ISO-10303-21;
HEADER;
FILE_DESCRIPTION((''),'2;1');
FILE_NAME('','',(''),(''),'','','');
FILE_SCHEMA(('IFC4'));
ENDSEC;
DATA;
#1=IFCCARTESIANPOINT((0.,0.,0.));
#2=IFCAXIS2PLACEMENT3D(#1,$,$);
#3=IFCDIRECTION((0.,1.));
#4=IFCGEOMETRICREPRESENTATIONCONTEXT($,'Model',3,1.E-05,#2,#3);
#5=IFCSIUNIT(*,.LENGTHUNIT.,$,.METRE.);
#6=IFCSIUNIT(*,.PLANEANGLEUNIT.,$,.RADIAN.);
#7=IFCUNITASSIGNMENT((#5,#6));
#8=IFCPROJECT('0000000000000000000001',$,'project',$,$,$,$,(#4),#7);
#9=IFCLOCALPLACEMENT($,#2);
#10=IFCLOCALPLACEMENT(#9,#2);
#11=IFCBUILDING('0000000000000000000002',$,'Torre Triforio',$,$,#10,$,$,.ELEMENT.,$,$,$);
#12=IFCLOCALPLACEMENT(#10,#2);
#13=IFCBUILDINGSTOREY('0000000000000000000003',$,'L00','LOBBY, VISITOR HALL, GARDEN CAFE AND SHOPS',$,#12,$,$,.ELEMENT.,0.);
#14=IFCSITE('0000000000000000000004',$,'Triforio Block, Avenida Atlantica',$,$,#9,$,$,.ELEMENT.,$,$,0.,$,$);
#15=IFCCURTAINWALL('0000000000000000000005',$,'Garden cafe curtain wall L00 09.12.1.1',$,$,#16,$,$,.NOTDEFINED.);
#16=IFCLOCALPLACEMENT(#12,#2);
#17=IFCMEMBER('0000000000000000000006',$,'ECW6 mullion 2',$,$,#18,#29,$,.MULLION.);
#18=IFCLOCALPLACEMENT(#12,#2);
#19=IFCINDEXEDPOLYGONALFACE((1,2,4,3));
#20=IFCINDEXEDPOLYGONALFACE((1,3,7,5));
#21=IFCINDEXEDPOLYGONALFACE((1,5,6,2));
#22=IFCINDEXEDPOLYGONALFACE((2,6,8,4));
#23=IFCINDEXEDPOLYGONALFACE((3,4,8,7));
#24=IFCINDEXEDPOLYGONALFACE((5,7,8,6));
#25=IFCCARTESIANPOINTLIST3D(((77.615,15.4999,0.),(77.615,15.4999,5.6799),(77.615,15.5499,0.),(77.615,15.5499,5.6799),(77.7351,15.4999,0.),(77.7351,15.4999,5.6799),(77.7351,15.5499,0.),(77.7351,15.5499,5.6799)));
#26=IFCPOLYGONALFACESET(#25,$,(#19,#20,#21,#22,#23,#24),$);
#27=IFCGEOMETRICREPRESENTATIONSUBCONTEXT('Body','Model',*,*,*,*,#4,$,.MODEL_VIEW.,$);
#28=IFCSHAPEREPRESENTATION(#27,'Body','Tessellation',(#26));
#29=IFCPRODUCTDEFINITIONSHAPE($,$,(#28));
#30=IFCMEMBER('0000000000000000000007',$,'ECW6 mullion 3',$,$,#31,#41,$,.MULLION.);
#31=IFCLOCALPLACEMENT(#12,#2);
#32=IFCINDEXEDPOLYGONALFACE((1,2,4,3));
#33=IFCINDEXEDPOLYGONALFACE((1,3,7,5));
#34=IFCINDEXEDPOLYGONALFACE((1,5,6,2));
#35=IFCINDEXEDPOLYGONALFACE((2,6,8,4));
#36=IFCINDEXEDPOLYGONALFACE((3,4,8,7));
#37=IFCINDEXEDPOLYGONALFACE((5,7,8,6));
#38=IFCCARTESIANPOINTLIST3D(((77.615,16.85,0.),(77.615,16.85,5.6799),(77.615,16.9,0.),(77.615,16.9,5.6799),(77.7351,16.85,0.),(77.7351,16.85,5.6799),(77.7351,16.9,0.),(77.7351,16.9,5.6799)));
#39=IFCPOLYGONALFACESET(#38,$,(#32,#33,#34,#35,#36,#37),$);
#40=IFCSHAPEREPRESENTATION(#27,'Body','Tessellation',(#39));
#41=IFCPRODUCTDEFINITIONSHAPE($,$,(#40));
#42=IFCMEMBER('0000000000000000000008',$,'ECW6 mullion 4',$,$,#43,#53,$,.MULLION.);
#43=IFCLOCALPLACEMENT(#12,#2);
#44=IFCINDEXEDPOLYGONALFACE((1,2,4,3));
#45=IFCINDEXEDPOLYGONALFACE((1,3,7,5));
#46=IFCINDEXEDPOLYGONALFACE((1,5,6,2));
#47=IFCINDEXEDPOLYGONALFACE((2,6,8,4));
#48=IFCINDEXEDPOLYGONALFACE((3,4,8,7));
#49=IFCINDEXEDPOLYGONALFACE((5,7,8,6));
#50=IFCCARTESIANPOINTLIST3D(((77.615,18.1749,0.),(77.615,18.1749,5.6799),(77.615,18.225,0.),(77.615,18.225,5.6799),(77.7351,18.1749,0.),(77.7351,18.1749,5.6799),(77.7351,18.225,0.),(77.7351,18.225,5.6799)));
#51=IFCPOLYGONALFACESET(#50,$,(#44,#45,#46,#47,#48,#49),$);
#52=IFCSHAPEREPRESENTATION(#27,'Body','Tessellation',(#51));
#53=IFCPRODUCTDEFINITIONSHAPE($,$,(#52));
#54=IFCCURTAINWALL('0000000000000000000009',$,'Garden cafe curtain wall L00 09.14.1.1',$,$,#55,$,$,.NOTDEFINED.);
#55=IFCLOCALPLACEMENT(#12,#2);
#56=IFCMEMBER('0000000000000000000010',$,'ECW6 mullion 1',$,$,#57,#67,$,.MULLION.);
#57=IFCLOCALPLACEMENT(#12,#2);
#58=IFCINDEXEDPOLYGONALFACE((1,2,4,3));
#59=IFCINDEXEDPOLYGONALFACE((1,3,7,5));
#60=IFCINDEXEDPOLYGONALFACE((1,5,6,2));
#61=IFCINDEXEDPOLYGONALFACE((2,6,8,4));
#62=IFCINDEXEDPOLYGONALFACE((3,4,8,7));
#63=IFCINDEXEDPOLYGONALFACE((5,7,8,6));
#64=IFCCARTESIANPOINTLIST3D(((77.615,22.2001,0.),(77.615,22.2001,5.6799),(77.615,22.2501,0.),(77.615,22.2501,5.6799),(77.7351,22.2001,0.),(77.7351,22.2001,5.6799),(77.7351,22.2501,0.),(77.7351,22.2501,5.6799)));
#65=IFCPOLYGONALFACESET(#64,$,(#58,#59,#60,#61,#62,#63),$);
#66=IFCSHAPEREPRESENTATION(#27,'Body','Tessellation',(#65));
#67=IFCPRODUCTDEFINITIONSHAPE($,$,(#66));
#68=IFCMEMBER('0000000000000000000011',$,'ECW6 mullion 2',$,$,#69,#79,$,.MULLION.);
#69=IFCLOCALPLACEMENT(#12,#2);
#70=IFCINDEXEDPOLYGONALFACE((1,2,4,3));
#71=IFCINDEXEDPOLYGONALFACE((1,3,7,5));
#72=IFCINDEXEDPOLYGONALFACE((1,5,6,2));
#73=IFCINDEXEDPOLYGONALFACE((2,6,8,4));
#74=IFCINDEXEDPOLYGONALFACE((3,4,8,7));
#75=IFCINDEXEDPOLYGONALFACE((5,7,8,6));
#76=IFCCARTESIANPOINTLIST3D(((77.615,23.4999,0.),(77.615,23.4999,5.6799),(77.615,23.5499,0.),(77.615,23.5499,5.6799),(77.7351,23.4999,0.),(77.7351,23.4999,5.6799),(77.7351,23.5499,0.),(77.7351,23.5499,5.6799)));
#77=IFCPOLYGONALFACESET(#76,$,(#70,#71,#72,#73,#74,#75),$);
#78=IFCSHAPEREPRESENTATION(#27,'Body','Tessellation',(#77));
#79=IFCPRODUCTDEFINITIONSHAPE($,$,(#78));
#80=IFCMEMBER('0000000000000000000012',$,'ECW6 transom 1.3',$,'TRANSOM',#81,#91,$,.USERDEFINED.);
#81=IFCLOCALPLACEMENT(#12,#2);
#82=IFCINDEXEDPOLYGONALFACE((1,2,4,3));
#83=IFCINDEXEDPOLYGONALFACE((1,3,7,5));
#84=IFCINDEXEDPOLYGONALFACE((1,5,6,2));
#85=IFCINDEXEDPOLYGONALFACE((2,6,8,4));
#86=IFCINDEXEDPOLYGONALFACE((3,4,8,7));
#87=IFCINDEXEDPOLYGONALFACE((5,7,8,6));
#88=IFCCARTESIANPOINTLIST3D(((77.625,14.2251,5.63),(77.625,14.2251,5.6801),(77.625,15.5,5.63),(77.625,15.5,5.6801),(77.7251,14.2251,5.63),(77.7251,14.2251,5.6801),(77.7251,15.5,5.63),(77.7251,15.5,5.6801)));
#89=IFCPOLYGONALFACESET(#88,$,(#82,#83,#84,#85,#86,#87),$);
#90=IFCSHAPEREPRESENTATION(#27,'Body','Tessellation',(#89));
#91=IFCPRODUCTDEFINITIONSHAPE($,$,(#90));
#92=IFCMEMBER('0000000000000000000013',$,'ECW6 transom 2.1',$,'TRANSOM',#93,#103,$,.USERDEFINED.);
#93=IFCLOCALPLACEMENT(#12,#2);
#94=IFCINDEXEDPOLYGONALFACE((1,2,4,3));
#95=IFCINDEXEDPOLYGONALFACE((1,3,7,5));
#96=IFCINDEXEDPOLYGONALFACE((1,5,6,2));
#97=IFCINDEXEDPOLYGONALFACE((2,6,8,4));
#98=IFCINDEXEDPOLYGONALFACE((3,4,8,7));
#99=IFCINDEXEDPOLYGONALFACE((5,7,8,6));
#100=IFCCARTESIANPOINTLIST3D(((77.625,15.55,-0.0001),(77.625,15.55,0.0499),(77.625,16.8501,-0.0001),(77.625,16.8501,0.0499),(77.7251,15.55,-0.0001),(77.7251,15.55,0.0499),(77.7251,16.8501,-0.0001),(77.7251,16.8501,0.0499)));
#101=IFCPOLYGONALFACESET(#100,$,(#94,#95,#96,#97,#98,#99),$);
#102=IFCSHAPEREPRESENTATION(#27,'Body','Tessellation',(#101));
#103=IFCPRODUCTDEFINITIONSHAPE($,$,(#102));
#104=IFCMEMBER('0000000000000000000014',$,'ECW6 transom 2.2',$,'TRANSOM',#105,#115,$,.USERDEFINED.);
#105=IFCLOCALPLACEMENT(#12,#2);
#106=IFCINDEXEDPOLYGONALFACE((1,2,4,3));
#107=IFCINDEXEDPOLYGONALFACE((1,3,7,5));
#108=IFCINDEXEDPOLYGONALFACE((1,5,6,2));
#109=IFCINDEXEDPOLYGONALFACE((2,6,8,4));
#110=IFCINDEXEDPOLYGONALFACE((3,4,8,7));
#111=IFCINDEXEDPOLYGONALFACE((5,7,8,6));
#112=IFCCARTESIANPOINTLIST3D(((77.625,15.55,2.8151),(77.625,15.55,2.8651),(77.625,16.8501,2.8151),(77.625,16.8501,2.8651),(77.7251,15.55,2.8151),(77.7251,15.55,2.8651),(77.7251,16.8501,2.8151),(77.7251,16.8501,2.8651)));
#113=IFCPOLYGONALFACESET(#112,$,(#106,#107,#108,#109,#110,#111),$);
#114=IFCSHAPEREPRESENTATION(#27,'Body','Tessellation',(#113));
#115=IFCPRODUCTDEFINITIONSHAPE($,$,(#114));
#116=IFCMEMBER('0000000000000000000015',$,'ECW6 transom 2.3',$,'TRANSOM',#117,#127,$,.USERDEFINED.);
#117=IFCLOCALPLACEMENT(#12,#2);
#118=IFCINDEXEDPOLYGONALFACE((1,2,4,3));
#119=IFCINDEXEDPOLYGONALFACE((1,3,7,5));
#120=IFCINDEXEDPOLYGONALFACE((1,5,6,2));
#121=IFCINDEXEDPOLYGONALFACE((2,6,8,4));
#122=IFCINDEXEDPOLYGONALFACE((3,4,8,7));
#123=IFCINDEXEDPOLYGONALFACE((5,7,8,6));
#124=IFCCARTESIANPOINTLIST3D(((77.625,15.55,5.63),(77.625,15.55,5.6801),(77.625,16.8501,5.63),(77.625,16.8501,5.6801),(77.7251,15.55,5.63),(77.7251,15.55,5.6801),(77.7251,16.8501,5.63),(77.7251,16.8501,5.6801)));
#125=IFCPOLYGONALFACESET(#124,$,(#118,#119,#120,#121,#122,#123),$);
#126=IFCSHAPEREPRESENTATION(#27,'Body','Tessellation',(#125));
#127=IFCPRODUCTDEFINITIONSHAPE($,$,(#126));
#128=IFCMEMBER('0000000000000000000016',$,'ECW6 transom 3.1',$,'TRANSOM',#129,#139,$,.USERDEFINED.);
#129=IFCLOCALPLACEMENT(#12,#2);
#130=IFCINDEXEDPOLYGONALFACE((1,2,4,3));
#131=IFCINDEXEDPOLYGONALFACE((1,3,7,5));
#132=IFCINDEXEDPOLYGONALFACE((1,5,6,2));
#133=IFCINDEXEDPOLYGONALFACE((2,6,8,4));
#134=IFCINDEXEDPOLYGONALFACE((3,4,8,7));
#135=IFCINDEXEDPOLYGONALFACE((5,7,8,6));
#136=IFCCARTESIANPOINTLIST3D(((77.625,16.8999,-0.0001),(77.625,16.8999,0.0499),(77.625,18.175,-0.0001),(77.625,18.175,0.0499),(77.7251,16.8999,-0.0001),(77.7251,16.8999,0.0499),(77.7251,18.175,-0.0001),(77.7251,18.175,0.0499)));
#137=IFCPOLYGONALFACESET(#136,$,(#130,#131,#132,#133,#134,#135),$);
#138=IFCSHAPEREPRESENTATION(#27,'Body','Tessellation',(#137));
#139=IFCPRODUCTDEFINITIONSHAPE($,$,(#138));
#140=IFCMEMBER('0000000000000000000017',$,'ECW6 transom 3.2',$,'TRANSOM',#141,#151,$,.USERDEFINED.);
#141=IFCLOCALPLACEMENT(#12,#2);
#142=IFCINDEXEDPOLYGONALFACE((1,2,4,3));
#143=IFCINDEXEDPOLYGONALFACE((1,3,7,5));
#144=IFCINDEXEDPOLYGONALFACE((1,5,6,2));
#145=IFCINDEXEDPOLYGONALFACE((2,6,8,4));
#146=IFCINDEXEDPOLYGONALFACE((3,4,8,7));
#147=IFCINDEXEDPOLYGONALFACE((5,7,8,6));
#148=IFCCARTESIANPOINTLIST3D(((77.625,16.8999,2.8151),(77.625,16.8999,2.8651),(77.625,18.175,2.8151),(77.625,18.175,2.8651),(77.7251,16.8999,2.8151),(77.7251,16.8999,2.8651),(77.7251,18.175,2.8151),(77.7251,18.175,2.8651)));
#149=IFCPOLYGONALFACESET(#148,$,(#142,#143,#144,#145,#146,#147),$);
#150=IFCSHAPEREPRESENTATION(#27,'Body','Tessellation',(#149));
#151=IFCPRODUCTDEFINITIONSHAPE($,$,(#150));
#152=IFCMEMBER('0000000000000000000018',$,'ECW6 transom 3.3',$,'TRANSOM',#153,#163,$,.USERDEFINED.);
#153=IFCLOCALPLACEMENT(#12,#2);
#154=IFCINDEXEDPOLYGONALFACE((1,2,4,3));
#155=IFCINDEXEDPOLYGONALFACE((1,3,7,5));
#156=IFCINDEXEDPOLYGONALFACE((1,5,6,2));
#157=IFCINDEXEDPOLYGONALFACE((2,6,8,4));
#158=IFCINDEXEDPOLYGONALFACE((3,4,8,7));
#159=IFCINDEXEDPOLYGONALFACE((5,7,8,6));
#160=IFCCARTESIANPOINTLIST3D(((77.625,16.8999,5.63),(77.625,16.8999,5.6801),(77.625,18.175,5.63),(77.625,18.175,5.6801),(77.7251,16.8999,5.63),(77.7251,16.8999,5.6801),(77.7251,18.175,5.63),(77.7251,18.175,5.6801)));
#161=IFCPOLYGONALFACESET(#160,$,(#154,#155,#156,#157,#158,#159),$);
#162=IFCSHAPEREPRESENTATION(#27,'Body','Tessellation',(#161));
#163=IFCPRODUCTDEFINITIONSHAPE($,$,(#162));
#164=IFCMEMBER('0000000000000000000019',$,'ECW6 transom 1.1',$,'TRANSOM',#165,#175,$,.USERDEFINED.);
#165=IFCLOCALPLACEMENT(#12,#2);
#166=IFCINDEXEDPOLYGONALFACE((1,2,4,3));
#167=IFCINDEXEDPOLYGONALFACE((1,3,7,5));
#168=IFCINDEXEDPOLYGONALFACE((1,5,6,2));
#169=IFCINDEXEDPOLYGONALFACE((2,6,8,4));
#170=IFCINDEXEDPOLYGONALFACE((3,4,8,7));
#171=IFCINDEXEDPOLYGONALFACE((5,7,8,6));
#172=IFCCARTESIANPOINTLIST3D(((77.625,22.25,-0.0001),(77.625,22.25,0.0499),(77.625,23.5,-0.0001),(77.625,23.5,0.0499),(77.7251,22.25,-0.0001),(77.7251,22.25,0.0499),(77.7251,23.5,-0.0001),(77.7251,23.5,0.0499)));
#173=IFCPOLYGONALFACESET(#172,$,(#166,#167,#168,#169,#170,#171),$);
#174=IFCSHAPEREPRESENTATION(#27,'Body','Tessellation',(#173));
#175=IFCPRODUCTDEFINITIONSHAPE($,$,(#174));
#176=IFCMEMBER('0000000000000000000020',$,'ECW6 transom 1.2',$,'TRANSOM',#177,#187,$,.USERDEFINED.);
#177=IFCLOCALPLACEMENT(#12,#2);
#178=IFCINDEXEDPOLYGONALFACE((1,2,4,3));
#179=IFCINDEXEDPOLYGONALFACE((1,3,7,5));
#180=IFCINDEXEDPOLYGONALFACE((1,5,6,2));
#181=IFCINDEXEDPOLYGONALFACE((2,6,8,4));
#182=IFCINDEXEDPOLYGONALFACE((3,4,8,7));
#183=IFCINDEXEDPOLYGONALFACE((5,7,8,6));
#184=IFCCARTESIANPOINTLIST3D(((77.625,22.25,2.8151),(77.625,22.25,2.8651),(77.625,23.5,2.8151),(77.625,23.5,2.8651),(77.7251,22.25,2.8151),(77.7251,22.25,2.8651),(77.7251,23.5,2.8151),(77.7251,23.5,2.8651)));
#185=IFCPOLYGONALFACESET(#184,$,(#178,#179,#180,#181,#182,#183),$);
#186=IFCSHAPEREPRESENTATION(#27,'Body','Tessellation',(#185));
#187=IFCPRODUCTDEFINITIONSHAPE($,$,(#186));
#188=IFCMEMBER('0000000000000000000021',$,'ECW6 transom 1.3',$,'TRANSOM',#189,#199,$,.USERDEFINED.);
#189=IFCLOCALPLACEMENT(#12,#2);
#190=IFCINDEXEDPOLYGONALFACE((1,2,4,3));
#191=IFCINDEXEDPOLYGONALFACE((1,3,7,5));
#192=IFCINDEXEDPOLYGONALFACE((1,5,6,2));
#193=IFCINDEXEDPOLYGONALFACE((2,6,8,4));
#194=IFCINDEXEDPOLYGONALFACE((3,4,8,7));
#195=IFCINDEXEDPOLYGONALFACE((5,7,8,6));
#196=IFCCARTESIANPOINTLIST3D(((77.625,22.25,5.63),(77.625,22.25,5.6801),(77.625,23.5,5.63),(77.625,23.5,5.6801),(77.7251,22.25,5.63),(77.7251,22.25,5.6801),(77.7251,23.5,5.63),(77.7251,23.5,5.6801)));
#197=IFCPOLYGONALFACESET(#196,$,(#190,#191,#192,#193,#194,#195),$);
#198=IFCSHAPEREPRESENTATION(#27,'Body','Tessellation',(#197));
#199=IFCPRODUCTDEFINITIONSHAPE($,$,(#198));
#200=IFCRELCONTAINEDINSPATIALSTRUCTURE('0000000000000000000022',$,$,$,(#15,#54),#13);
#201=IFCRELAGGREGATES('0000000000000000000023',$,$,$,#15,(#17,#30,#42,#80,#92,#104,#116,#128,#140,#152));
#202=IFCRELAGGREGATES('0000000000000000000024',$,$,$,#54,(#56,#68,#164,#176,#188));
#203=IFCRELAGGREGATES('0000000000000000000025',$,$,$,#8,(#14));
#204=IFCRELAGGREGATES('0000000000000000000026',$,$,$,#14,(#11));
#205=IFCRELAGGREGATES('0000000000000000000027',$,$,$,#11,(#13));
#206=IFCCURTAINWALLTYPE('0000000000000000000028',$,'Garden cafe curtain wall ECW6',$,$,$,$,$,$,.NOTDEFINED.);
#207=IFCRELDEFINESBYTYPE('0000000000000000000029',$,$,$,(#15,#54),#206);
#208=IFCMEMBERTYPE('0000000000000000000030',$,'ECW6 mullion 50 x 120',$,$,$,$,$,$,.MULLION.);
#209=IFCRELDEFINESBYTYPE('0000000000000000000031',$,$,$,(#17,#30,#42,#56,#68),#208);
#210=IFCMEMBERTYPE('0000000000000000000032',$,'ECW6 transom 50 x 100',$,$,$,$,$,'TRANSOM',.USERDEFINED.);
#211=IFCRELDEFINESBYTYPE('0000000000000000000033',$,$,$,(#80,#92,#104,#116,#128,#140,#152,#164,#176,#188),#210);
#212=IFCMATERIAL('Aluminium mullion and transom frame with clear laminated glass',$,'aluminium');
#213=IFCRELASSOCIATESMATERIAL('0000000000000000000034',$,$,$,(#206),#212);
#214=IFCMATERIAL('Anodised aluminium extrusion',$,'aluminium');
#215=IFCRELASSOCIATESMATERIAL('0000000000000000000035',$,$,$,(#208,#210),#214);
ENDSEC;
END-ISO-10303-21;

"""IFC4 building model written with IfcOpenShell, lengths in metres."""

from ifc_helpers import new_model, si_unit, direction, frame, origin, origin_2d, place, context, subcontext, project, spatial, rectangle, extrude, material, material_profile, profile_set, type_object, element, aggregate, save


model = new_model("IFC4")

# Units and contexts
model_context = context("Model", 3, precision=1e-05, world=origin(), true_north=direction((0.0, 1.0)))
body_context = subcontext(model_context, "Body", "Model", "MODEL_VIEW")
ifc_project = project(units=[si_unit("LENGTHUNIT", "METRE"), si_unit("PLANEANGLEUNIT", "RADIAN")], contexts=[model_context])

# Site, building, storey
site_placement = place(None, origin())
site = spatial("IfcSite", under=ifc_project, at=site_placement, Name="Triforio Block, Avenida Atlantica", CompositionType="ELEMENT", RefElevation=0.0)
building_placement = place(site_placement, origin())
building = spatial("IfcBuilding", under=site, at=building_placement, Name="Torre Triforio", CompositionType="ELEMENT")
storey_placement = place(building_placement, origin())
storey = spatial("IfcBuildingStorey", under=building, at=storey_placement, Name="L00", Description="LOBBY, VISITOR HALL, GARDEN CAFE AND SHOPS", CompositionType="ELEMENT", Elevation=0.0)

# Curtain walls, members
ifc_material_1 = material(Name="Aluminium mullion and transom frame with clear laminated glass", Category="aluminium")
curtain_wall_type = type_object("IfcCurtainWallType", Name="Garden cafe curtain wall ECW6", PredefinedType="NOTDEFINED", material=ifc_material_1)
curtain_wall_1_placement = place(storey_placement, origin())
curtain_wall_1 = element("IfcCurtainWall", 1, at=curtain_wall_1_placement, inside=storey, type_object=curtain_wall_type, Name="Garden cafe curtain wall L00 09.12.1.1", PredefinedType="NOTDEFINED")
ifc_material_2 = material(Name="Anodised aluminium extrusion", Category="aluminium")
ifc_material_profile_1 = material_profile(ifc_material_2, rectangle(XDim=0.1201, YDim=0.05, at=origin_2d()), Name="ECW6 MULLION 50x120")
ifc_profile_set_1 = profile_set([ifc_material_profile_1], Name="Anodised aluminium extrusion")
member_type_1 = type_object("IfcMemberType", Name="ECW6 mullion 50 x 120", PredefinedType="MULLION", material=ifc_profile_set_1)
member_1_placement = place(storey_placement, frame((77.675, 15.5249, 0.0), z_axis=(0.0, 0.0, 1.0), x_axis=(-1.0, 0.0, 0.0)))
member_1 = element("IfcMember", 2, at=member_1_placement, type_object=member_type_1, Name="ECW6 mullion 2", PredefinedType="MULLION", context=body_context, shape_type="SweptSolid", body=[
    extrude(rectangle(XDim=0.1201, YDim=0.05, at=origin_2d()), origin(), (0.0, 0.0, 1.0), 5.6799),
])
member_2_placement = place(storey_placement, frame((77.675, 16.875, 0.0), z_axis=(0.0, 0.0, 1.0), x_axis=(-1.0, 0.0, 0.0)))
member_2 = element("IfcMember", 3, at=member_2_placement, type_object=member_type_1, Name="ECW6 mullion 3", PredefinedType="MULLION", context=body_context, shape_type="SweptSolid", body=[
    extrude(rectangle(XDim=0.1201, YDim=0.05, at=origin_2d()), origin(), (0.0, 0.0, 1.0), 5.6799),
])
member_3_placement = place(storey_placement, frame((77.675, 18.2, 0.0), z_axis=(0.0, 0.0, 1.0), x_axis=(-1.0, 0.0, 0.0)))
member_3 = element("IfcMember", 4, at=member_3_placement, type_object=member_type_1, Name="ECW6 mullion 4", PredefinedType="MULLION", context=body_context, shape_type="SweptSolid", body=[
    extrude(rectangle(XDim=0.1201, YDim=0.05, at=origin_2d()), origin(), (0.0, 0.0, 1.0), 5.6799),
])
curtain_wall_2_placement = place(storey_placement, origin())
curtain_wall_2 = element("IfcCurtainWall", 5, at=curtain_wall_2_placement, inside=storey, type_object=curtain_wall_type, Name="Garden cafe curtain wall L00 09.14.1.1", PredefinedType="NOTDEFINED")
member_4_placement = place(storey_placement, frame((77.675, 22.2251, 0.0), z_axis=(0.0, 0.0, 1.0), x_axis=(-1.0, 0.0, 0.0)))
member_4 = element("IfcMember", 6, at=member_4_placement, type_object=member_type_1, Name="ECW6 mullion 1", PredefinedType="MULLION", context=body_context, shape_type="SweptSolid", body=[
    extrude(rectangle(XDim=0.1201, YDim=0.05, at=origin_2d()), origin(), (0.0, 0.0, 1.0), 5.6799),
])
member_5_placement = place(storey_placement, frame((77.675, 23.5249, 0.0), z_axis=(0.0, 0.0, 1.0), x_axis=(-1.0, 0.0, 0.0)))
member_5 = element("IfcMember", 7, at=member_5_placement, type_object=member_type_1, Name="ECW6 mullion 2", PredefinedType="MULLION", context=body_context, shape_type="SweptSolid", body=[
    extrude(rectangle(XDim=0.1201, YDim=0.05, at=origin_2d()), origin(), (0.0, 0.0, 1.0), 5.6799),
])

# Members
ifc_material_profile_2 = material_profile(ifc_material_2, rectangle(XDim=0.1001, YDim=0.05, at=origin_2d()), Name="ECW6 TRANSOM 50x100")
ifc_profile_set_2 = profile_set([ifc_material_profile_2], Name="Anodised aluminium extrusion")
member_type_2 = type_object("IfcMemberType", Name="ECW6 transom 50 x 100", ElementType="TRANSOM", PredefinedType="USERDEFINED", material=ifc_profile_set_2)
member_6_placement = place(storey_placement, frame((77.675, 14.2251, 5.655), z_axis=(0.0, 1.0, 0.0), x_axis=(-1.0, 0.0, 0.0)))
member_6 = element("IfcMember", 8, at=member_6_placement, type_object=member_type_2, Name="ECW6 transom 1.3", ObjectType="TRANSOM", PredefinedType="USERDEFINED", context=body_context, shape_type="SweptSolid", body=[
    extrude(rectangle(XDim=0.1001, YDim=0.05, at=origin_2d()), origin(), (0.0, 0.0, 1.0), 1.2749),
])
member_7_placement = place(storey_placement, frame((77.675, 15.55, 0.0249), z_axis=(0.0, 1.0, 0.0), x_axis=(-1.0, 0.0, 0.0)))
member_7 = element("IfcMember", 9, at=member_7_placement, type_object=member_type_2, Name="ECW6 transom 2.1", ObjectType="TRANSOM", PredefinedType="USERDEFINED", context=body_context, shape_type="SweptSolid", body=[
    extrude(rectangle(XDim=0.1001, YDim=0.05, at=origin_2d()), origin(), (0.0, 0.0, 1.0), 1.3),
])
member_8_placement = place(storey_placement, frame((77.675, 15.55, 2.8401), z_axis=(0.0, 1.0, 0.0), x_axis=(-1.0, 0.0, 0.0)))
member_8 = element("IfcMember", 10, at=member_8_placement, type_object=member_type_2, Name="ECW6 transom 2.2", ObjectType="TRANSOM", PredefinedType="USERDEFINED", context=body_context, shape_type="SweptSolid", body=[
    extrude(rectangle(XDim=0.1001, YDim=0.05, at=origin_2d()), origin(), (0.0, 0.0, 1.0), 1.3),
])
member_9_placement = place(storey_placement, frame((77.675, 15.55, 5.655), z_axis=(0.0, 1.0, 0.0), x_axis=(-1.0, 0.0, 0.0)))
member_9 = element("IfcMember", 11, at=member_9_placement, type_object=member_type_2, Name="ECW6 transom 2.3", ObjectType="TRANSOM", PredefinedType="USERDEFINED", context=body_context, shape_type="SweptSolid", body=[
    extrude(rectangle(XDim=0.1001, YDim=0.05, at=origin_2d()), origin(), (0.0, 0.0, 1.0), 1.3),
])
member_10_placement = place(storey_placement, frame((77.675, 16.8999, 0.0249), z_axis=(0.0, 1.0, 0.0), x_axis=(-1.0, 0.0, 0.0)))
member_10 = element("IfcMember", 12, at=member_10_placement, type_object=member_type_2, Name="ECW6 transom 3.1", ObjectType="TRANSOM", PredefinedType="USERDEFINED", context=body_context, shape_type="SweptSolid", body=[
    extrude(rectangle(XDim=0.1001, YDim=0.05, at=origin_2d()), origin(), (0.0, 0.0, 1.0), 1.2751),
])
member_11_placement = place(storey_placement, frame((77.675, 16.8999, 2.8401), z_axis=(0.0, 1.0, 0.0), x_axis=(-1.0, 0.0, 0.0)))
member_11 = element("IfcMember", 13, at=member_11_placement, type_object=member_type_2, Name="ECW6 transom 3.2", ObjectType="TRANSOM", PredefinedType="USERDEFINED", context=body_context, shape_type="SweptSolid", body=[
    extrude(rectangle(XDim=0.1001, YDim=0.05, at=origin_2d()), origin(), (0.0, 0.0, 1.0), 1.2751),
])
member_12_placement = place(storey_placement, frame((77.675, 16.8999, 5.655), z_axis=(0.0, 1.0, 0.0), x_axis=(-1.0, 0.0, 0.0)))
member_12 = element("IfcMember", 14, at=member_12_placement, type_object=member_type_2, Name="ECW6 transom 3.3", ObjectType="TRANSOM", PredefinedType="USERDEFINED", context=body_context, shape_type="SweptSolid", body=[
    extrude(rectangle(XDim=0.1001, YDim=0.05, at=origin_2d()), origin(), (0.0, 0.0, 1.0), 1.2751),
])
member_13_placement = place(storey_placement, frame((77.675, 22.25, 0.0249), z_axis=(0.0, 1.0, 0.0), x_axis=(-1.0, 0.0, 0.0)))
member_13 = element("IfcMember", 15, at=member_13_placement, type_object=member_type_2, Name="ECW6 transom 1.1", ObjectType="TRANSOM", PredefinedType="USERDEFINED", context=body_context, shape_type="SweptSolid", body=[
    extrude(rectangle(XDim=0.1001, YDim=0.05, at=origin_2d()), origin(), (0.0, 0.0, 1.0), 1.25),
])
member_14_placement = place(storey_placement, frame((77.675, 22.25, 2.8401), z_axis=(0.0, 1.0, 0.0), x_axis=(-1.0, 0.0, 0.0)))
member_14 = element("IfcMember", 16, at=member_14_placement, type_object=member_type_2, Name="ECW6 transom 1.2", ObjectType="TRANSOM", PredefinedType="USERDEFINED", context=body_context, shape_type="SweptSolid", body=[
    extrude(rectangle(XDim=0.1001, YDim=0.05, at=origin_2d()), origin(), (0.0, 0.0, 1.0), 1.25),
])
member_15_placement = place(storey_placement, frame((77.675, 22.25, 5.655), z_axis=(0.0, 1.0, 0.0), x_axis=(-1.0, 0.0, 0.0)))
member_15 = element("IfcMember", 17, at=member_15_placement, type_object=member_type_2, Name="ECW6 transom 1.3", ObjectType="TRANSOM", PredefinedType="USERDEFINED", context=body_context, shape_type="SweptSolid", body=[
    extrude(rectangle(XDim=0.1001, YDim=0.05, at=origin_2d()), origin(), (0.0, 0.0, 1.0), 1.25),
])

aggregate(curtain_wall_1, [member_1, member_2, member_3, member_6, member_7, member_8, member_9, member_10, member_11, member_12])
aggregate(curtain_wall_2, [member_4, member_5, member_13, member_14, member_15])

save(model, "model.ifc")
